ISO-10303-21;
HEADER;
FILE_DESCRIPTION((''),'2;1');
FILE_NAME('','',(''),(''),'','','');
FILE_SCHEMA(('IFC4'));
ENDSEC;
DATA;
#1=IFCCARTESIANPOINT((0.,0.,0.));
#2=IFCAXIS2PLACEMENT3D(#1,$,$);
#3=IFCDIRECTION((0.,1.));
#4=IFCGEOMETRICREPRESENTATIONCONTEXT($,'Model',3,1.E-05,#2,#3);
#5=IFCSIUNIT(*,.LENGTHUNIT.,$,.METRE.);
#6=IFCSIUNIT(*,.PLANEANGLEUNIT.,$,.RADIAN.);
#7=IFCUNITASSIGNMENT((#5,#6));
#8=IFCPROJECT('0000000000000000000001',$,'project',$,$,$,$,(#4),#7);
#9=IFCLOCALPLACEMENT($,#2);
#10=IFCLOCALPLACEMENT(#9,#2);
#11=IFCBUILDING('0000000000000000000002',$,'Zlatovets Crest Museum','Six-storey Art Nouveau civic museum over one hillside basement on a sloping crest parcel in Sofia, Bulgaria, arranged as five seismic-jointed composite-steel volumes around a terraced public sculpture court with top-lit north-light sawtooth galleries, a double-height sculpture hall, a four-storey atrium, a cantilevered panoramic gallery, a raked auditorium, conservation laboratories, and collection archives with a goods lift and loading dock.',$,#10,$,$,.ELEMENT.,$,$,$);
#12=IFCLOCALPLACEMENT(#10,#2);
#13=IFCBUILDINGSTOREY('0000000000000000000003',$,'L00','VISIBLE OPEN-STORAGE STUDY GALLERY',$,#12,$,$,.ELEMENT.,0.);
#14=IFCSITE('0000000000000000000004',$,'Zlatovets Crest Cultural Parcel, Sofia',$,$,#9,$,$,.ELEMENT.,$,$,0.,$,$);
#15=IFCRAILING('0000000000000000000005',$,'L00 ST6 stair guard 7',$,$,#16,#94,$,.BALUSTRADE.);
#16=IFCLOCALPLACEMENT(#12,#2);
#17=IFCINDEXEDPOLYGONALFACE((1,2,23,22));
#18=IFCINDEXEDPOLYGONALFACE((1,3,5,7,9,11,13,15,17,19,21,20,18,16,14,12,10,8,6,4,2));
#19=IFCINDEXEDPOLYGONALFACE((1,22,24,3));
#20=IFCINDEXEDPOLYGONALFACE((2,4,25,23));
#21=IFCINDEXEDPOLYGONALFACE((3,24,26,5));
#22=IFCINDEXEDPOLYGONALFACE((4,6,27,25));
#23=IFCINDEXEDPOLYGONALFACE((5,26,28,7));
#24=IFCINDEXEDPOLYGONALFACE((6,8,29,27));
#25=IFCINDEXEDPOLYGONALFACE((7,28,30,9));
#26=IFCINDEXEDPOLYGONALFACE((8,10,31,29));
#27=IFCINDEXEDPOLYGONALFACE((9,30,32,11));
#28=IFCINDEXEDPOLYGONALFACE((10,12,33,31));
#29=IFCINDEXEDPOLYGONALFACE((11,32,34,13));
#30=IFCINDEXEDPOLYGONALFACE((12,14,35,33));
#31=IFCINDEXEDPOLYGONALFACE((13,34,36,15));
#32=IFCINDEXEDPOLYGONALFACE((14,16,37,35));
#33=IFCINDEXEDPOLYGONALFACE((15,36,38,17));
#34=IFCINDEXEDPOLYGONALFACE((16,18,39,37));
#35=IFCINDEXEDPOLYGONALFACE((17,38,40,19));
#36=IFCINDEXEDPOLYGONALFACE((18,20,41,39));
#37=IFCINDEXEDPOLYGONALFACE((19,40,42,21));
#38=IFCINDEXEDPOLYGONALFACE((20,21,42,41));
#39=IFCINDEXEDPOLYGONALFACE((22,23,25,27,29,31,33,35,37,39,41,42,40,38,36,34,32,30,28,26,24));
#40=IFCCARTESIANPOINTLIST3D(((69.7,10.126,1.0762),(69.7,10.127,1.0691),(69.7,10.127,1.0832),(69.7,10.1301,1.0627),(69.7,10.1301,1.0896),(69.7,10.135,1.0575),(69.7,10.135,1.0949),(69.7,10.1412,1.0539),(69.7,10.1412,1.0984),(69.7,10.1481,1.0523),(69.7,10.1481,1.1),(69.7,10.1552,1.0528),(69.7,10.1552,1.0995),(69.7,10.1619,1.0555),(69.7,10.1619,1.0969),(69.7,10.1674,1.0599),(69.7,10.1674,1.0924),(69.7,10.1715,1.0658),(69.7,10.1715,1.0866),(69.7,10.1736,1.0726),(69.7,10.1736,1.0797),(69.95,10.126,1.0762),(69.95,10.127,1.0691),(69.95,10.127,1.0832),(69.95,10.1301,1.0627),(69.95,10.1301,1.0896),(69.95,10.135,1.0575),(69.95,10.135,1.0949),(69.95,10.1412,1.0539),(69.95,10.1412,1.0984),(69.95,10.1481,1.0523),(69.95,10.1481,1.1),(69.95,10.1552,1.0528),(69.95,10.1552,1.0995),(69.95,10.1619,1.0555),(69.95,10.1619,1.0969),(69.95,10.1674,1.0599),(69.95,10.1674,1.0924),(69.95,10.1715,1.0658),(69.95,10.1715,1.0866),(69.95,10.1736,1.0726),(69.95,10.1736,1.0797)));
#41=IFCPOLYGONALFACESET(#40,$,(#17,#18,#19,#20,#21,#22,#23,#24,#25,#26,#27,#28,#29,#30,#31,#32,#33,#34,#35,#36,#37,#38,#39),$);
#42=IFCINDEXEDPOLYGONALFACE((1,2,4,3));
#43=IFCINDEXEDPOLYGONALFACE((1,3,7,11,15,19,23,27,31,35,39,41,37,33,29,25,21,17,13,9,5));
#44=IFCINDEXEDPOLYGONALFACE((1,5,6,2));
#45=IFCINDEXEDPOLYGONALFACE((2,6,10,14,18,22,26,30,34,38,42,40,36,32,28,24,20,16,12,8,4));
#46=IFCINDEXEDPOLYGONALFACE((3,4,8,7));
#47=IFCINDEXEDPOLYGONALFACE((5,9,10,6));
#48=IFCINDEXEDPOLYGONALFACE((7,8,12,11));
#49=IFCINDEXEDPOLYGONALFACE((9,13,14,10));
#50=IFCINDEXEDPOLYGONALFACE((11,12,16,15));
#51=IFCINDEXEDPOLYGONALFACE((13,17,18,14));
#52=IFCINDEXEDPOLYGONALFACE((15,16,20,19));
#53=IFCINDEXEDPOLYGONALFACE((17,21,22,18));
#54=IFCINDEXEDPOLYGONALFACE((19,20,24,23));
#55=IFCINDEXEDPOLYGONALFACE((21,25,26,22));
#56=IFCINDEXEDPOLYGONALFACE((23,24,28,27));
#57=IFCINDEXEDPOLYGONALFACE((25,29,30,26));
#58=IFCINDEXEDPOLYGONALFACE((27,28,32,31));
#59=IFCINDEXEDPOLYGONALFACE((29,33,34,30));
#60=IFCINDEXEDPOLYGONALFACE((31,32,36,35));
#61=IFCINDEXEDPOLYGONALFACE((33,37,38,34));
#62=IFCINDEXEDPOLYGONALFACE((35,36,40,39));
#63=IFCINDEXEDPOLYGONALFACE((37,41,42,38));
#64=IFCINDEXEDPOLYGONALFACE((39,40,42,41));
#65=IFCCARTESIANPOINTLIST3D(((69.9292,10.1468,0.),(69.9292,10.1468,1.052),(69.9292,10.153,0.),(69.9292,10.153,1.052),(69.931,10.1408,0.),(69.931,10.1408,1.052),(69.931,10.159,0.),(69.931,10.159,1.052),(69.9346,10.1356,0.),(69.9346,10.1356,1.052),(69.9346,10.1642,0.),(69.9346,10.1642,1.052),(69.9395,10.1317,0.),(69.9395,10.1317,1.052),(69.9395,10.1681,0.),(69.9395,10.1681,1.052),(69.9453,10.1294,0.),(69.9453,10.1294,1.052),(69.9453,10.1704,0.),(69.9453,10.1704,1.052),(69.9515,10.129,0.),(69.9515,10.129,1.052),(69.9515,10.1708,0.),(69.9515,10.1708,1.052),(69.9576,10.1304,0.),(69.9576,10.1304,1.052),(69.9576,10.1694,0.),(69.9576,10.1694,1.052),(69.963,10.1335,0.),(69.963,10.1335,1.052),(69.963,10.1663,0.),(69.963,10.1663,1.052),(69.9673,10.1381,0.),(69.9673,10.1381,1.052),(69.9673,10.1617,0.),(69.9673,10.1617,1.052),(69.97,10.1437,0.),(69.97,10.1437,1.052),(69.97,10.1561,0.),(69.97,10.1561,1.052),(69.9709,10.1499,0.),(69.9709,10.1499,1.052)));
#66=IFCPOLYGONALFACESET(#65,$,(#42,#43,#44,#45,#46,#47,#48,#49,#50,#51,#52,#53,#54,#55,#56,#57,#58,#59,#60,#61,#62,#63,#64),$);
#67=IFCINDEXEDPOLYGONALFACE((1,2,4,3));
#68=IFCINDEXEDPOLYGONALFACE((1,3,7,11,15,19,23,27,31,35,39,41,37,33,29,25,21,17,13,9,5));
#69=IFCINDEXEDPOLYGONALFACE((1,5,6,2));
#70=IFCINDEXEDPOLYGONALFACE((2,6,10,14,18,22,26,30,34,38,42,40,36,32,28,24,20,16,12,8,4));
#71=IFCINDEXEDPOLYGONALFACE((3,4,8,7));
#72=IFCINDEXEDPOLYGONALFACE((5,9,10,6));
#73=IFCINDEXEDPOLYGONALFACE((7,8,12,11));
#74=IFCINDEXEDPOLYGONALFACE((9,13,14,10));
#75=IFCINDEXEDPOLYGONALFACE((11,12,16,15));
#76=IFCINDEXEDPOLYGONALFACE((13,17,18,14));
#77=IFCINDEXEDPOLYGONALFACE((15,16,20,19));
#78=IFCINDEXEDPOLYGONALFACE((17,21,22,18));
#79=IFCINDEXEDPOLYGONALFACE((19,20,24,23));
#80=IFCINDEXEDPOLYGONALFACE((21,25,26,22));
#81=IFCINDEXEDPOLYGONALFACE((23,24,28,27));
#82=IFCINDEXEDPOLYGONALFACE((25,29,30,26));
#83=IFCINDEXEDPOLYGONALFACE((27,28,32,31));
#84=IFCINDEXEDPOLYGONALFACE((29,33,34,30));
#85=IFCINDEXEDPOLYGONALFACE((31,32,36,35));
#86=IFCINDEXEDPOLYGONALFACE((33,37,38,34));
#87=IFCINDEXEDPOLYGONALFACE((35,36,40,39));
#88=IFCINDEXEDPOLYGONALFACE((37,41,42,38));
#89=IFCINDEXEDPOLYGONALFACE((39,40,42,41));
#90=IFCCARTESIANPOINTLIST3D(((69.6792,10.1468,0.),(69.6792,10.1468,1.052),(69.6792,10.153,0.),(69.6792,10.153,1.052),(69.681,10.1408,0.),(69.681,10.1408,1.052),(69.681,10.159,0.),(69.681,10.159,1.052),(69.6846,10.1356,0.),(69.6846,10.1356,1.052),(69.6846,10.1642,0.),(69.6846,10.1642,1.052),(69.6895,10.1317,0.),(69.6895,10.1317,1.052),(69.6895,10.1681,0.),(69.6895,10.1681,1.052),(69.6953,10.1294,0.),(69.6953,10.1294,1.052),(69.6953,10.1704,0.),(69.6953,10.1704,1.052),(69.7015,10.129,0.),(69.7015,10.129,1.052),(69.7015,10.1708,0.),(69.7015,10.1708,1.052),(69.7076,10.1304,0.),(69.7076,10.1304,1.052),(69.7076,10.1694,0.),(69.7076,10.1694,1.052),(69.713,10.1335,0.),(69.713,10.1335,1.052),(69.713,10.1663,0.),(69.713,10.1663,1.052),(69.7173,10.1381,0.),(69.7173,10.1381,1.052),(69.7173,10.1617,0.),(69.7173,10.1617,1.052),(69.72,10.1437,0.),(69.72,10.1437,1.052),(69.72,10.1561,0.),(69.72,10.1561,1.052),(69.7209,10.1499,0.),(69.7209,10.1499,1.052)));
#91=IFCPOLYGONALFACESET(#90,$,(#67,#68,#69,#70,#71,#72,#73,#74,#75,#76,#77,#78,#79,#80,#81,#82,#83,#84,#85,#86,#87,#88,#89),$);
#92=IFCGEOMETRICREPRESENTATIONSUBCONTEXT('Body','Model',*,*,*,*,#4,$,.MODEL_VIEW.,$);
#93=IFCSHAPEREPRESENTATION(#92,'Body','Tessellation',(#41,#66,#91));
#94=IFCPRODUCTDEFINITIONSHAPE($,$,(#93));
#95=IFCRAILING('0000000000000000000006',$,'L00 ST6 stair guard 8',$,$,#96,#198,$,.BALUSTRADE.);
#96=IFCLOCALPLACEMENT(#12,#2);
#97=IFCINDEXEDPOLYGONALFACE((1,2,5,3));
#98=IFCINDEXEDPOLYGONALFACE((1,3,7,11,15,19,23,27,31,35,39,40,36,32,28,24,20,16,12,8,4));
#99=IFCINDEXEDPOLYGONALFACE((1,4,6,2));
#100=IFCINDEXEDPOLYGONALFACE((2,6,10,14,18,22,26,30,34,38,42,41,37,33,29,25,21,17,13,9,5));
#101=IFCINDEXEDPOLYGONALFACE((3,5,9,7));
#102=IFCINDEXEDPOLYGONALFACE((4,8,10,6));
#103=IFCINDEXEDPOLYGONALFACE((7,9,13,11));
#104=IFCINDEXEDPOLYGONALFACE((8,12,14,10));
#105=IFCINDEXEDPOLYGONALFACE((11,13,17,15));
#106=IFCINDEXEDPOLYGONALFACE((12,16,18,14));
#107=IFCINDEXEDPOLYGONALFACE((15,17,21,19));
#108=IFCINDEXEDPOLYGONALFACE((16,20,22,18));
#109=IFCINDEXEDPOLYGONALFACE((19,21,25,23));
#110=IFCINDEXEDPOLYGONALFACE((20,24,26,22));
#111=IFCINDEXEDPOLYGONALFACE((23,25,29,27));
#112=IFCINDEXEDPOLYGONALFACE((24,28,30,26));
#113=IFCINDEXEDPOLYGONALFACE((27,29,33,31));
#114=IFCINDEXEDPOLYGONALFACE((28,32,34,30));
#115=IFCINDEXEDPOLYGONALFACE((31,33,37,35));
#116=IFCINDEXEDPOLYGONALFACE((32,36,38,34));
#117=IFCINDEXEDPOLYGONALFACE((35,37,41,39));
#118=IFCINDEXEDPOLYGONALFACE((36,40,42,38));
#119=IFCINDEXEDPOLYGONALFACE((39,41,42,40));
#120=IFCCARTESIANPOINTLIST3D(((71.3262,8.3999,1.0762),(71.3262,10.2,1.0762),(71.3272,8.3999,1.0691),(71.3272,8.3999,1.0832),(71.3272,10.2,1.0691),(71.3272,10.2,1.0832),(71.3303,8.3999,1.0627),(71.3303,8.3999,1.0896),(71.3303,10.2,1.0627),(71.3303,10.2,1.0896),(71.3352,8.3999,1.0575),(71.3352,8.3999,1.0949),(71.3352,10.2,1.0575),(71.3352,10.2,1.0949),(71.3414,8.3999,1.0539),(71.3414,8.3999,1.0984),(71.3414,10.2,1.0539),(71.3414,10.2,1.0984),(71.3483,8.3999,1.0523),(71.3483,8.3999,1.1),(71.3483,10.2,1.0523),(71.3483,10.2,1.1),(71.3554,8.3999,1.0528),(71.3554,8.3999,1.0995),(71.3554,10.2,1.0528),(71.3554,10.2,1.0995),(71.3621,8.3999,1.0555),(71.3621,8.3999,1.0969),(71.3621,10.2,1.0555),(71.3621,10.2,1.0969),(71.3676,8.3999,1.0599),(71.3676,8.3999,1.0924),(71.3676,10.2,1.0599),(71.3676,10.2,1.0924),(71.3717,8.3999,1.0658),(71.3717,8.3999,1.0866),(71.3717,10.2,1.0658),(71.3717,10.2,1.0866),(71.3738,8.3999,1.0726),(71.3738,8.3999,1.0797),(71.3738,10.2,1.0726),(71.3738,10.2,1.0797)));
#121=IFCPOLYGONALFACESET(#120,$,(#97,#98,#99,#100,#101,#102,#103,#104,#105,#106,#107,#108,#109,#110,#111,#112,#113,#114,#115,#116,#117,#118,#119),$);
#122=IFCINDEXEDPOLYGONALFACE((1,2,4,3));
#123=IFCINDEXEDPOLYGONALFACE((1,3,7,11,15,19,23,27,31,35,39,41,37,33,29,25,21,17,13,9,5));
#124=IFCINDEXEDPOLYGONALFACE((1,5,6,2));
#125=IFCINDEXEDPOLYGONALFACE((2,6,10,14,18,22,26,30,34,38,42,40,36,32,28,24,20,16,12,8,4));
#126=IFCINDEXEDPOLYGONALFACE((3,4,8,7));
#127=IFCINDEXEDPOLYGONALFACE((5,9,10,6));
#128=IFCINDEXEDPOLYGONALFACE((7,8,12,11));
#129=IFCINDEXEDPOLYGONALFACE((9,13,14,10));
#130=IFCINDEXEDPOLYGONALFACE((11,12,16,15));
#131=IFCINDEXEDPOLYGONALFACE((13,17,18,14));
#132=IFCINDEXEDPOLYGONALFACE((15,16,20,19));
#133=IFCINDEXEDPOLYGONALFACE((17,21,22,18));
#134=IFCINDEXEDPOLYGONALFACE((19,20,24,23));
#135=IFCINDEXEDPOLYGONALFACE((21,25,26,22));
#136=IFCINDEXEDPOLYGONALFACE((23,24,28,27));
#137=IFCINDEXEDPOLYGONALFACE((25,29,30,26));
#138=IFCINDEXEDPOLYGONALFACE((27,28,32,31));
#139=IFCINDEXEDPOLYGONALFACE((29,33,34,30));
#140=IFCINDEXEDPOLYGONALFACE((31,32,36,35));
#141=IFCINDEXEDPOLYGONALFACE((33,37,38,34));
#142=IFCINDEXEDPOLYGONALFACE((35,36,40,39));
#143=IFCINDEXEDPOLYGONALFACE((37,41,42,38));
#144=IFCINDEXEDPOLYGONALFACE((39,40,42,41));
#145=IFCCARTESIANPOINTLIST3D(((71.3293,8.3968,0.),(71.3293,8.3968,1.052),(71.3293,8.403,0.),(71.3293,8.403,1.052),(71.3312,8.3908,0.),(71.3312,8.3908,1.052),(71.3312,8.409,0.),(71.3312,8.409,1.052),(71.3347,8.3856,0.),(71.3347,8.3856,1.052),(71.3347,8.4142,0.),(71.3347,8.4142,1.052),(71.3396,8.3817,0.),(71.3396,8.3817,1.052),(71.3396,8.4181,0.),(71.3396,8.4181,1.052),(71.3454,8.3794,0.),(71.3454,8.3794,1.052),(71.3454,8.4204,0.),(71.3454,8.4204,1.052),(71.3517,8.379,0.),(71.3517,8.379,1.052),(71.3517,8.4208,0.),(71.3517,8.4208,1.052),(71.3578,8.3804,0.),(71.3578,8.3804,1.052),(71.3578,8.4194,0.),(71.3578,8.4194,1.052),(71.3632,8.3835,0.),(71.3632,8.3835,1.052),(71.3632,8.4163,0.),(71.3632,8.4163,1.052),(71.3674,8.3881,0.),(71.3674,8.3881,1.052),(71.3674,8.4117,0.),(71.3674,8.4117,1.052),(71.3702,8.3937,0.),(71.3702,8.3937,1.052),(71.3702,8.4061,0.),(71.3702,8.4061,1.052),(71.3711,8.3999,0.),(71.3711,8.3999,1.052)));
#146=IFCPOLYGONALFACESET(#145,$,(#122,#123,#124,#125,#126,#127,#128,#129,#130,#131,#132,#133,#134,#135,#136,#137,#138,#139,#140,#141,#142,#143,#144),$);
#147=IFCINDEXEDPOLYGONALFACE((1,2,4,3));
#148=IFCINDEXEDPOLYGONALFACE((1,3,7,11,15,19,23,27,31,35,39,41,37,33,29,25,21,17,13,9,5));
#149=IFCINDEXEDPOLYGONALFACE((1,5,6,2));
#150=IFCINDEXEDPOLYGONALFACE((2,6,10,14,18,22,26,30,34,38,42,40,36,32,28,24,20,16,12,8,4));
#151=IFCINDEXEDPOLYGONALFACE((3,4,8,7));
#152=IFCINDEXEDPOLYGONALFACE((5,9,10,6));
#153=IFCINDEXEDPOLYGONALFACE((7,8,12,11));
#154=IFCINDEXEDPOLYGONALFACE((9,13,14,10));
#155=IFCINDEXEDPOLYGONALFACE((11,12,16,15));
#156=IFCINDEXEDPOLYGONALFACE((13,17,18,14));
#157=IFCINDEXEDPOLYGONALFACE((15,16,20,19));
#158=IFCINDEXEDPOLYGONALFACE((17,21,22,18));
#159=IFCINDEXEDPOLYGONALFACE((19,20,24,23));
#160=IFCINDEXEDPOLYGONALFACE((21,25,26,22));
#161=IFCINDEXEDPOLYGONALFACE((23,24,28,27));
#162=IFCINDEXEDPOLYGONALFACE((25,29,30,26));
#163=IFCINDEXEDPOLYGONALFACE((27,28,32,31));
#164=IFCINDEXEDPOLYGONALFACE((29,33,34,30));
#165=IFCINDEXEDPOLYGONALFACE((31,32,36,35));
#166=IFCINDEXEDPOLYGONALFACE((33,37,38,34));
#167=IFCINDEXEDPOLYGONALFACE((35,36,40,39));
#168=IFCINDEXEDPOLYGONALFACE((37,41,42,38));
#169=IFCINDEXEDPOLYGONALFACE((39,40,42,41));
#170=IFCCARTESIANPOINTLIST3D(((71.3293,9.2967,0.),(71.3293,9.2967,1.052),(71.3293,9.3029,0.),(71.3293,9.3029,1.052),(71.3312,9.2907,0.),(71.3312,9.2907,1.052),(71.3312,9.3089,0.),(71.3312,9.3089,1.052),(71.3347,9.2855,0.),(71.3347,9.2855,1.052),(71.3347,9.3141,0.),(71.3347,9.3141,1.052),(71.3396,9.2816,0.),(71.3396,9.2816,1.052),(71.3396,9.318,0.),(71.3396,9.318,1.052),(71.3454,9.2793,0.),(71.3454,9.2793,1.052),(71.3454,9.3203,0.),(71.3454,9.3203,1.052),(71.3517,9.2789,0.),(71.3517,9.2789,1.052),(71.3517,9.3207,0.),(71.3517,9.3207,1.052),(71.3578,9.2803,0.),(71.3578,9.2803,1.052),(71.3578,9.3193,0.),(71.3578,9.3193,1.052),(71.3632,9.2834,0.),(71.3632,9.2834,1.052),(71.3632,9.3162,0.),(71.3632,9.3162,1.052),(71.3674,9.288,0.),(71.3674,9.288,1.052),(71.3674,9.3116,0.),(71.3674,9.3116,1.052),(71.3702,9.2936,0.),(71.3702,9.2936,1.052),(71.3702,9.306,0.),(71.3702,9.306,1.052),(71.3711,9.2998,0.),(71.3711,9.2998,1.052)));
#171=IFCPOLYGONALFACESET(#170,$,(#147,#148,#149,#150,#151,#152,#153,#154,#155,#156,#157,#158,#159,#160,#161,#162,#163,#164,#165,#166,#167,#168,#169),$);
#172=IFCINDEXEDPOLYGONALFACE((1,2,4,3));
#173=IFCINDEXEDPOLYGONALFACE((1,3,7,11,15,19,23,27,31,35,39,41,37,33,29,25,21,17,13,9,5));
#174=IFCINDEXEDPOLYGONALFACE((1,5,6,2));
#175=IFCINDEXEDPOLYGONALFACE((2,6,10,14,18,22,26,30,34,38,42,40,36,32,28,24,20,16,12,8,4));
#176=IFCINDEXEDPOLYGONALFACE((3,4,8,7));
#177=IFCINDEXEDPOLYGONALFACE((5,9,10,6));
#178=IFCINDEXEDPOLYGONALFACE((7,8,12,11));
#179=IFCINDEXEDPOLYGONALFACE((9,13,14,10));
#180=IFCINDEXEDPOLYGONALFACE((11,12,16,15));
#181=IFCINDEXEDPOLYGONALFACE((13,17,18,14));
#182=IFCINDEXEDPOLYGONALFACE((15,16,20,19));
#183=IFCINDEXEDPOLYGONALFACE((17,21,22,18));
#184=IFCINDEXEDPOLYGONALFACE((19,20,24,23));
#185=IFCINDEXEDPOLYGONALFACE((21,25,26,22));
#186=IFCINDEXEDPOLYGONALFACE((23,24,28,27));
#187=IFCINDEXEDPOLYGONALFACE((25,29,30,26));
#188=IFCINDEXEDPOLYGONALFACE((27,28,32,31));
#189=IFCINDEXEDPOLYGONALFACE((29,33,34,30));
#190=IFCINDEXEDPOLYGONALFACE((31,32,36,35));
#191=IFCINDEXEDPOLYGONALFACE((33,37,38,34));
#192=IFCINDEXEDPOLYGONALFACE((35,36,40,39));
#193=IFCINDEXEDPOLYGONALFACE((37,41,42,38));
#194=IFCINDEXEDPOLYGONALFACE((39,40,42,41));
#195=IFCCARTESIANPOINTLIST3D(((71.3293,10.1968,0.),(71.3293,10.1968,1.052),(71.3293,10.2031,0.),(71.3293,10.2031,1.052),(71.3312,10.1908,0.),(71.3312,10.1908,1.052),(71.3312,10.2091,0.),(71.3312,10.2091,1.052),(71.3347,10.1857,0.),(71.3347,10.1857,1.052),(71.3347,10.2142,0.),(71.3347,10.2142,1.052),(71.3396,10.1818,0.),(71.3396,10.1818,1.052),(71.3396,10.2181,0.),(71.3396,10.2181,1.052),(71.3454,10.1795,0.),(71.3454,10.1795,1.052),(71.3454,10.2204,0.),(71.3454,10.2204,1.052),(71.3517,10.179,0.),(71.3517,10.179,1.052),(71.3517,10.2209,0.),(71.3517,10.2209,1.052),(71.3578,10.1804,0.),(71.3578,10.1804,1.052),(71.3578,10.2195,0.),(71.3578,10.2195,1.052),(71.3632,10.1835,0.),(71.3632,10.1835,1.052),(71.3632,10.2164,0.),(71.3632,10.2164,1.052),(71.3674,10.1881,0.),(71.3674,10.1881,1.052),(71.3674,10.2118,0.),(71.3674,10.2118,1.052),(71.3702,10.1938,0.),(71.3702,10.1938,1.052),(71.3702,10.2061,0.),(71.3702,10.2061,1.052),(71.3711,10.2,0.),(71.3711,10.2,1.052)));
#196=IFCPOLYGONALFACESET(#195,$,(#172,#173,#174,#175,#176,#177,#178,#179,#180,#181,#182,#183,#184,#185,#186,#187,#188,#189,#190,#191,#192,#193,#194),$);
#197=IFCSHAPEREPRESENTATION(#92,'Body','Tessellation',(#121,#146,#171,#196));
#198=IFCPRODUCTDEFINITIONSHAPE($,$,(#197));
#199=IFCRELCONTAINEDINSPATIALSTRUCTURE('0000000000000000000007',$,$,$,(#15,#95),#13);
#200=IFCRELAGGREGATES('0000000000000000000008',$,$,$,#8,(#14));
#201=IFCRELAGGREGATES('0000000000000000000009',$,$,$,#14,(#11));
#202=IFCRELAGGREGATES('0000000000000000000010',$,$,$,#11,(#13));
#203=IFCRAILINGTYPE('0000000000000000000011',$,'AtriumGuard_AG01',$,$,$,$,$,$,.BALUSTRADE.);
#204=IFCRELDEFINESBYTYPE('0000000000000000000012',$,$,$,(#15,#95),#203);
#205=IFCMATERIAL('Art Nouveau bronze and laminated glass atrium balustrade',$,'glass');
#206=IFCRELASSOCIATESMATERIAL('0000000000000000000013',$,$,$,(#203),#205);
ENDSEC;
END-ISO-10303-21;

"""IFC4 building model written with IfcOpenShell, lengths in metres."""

from ifc_helpers import new_model, si_unit, direction, frame, origin, origin_2d, place, context, subcontext, project, spatial, circle, extrude, material, type_object, element, save


model = new_model("IFC4")

# Units and contexts
model_context = context("Model", 3, precision=1e-05, world=origin(), true_north=direction((0.0, 1.0)))
body_context = subcontext(model_context, "Body", "Model", "MODEL_VIEW")
ifc_project = project(units=[si_unit("LENGTHUNIT", "METRE"), si_unit("PLANEANGLEUNIT", "RADIAN")], contexts=[model_context])

# Site, building, storey
site_placement = place(None, origin())
site = spatial("IfcSite", under=ifc_project, at=site_placement, Name="Zlatovets Crest Cultural Parcel, Sofia", CompositionType="ELEMENT", RefElevation=0.0)
building_placement = place(site_placement, origin())
building = spatial("IfcBuilding", under=site, at=building_placement, Name="Zlatovets Crest Museum", Description="Six-storey Art Nouveau civic museum over one hillside basement on a sloping crest parcel in Sofia, Bulgaria, arranged as five seismic-jointed composite-steel volumes around a terraced public sculpture court with top-lit north-light sawtooth galleries, a double-height sculpture hall, a four-storey atrium, a cantilevered panoramic gallery, a raked auditorium, conservation laboratories, and collection archives with a goods lift and loading dock.", CompositionType="ELEMENT")
storey_placement = place(building_placement, origin())
storey = spatial("IfcBuildingStorey", under=building, at=storey_placement, Name="L00", Description="VISIBLE OPEN-STORAGE STUDY GALLERY", CompositionType="ELEMENT", Elevation=0.0)

# Railings
ifc_material_1 = material(Name="Art Nouveau bronze and laminated glass atrium balustrade", Category="glass")
railing_type_1 = type_object("IfcRailingType", Name="AtriumGuard_AG01", PredefinedType="BALUSTRADE", material=ifc_material_1)
railing_1_placement = place(storey_placement, frame((69.95, 10.1499, 0.0)))
element("IfcRailing", 1, at=railing_1_placement, inside=storey, type_object=railing_type_1, Name="L00 ST6 stair guard 7", PredefinedType="BALUSTRADE", context=body_context, shape_type="SweptSolid", body=[
    extrude(circle(Radius=0.0239, at=origin_2d()), frame((0.0, 0.0, 1.0762), z_axis=(-1.0, 0.0, 0.0), x_axis=(0.0, -1.0, 0.0)), (0.0, 0.0, 1.0), 0.25),
    extrude(circle(Radius=0.021, at=origin_2d()), origin(), (0.0, 0.0, 1.0), 1.052),
    extrude(circle(Radius=0.021, at=origin_2d()), frame((-0.25, 0.0, 0.0)), (0.0, 0.0, 1.0), 1.052),
])
railing_2_placement = place(storey_placement, frame((71.3501, 8.3999, 0.0)))
element("IfcRailing", 2, at=railing_2_placement, inside=storey, type_object=railing_type_1, Name="L00 ST6 stair guard 8", PredefinedType="BALUSTRADE", context=body_context, shape_type="SweptSolid", body=[
    extrude(circle(Radius=0.0239, at=origin_2d()), frame((0.0, 0.0, 1.0762), z_axis=(0.0, 1.0, 0.0), x_axis=(-1.0, 0.0, 0.0)), (0.0, 0.0, 1.0), 1.8),
    extrude(circle(Radius=0.021, at=origin_2d()), origin(), (0.0, 0.0, 1.0), 1.052),
    extrude(circle(Radius=0.021, at=origin_2d()), frame((0.0, 0.8999, 0.0)), (0.0, 0.0, 1.0), 1.052),
    extrude(circle(Radius=0.021, at=origin_2d()), frame((0.0, 1.8, 0.0)), (0.0, 0.0, 1.0), 1.052),
])

save(model, "model.ifc")
